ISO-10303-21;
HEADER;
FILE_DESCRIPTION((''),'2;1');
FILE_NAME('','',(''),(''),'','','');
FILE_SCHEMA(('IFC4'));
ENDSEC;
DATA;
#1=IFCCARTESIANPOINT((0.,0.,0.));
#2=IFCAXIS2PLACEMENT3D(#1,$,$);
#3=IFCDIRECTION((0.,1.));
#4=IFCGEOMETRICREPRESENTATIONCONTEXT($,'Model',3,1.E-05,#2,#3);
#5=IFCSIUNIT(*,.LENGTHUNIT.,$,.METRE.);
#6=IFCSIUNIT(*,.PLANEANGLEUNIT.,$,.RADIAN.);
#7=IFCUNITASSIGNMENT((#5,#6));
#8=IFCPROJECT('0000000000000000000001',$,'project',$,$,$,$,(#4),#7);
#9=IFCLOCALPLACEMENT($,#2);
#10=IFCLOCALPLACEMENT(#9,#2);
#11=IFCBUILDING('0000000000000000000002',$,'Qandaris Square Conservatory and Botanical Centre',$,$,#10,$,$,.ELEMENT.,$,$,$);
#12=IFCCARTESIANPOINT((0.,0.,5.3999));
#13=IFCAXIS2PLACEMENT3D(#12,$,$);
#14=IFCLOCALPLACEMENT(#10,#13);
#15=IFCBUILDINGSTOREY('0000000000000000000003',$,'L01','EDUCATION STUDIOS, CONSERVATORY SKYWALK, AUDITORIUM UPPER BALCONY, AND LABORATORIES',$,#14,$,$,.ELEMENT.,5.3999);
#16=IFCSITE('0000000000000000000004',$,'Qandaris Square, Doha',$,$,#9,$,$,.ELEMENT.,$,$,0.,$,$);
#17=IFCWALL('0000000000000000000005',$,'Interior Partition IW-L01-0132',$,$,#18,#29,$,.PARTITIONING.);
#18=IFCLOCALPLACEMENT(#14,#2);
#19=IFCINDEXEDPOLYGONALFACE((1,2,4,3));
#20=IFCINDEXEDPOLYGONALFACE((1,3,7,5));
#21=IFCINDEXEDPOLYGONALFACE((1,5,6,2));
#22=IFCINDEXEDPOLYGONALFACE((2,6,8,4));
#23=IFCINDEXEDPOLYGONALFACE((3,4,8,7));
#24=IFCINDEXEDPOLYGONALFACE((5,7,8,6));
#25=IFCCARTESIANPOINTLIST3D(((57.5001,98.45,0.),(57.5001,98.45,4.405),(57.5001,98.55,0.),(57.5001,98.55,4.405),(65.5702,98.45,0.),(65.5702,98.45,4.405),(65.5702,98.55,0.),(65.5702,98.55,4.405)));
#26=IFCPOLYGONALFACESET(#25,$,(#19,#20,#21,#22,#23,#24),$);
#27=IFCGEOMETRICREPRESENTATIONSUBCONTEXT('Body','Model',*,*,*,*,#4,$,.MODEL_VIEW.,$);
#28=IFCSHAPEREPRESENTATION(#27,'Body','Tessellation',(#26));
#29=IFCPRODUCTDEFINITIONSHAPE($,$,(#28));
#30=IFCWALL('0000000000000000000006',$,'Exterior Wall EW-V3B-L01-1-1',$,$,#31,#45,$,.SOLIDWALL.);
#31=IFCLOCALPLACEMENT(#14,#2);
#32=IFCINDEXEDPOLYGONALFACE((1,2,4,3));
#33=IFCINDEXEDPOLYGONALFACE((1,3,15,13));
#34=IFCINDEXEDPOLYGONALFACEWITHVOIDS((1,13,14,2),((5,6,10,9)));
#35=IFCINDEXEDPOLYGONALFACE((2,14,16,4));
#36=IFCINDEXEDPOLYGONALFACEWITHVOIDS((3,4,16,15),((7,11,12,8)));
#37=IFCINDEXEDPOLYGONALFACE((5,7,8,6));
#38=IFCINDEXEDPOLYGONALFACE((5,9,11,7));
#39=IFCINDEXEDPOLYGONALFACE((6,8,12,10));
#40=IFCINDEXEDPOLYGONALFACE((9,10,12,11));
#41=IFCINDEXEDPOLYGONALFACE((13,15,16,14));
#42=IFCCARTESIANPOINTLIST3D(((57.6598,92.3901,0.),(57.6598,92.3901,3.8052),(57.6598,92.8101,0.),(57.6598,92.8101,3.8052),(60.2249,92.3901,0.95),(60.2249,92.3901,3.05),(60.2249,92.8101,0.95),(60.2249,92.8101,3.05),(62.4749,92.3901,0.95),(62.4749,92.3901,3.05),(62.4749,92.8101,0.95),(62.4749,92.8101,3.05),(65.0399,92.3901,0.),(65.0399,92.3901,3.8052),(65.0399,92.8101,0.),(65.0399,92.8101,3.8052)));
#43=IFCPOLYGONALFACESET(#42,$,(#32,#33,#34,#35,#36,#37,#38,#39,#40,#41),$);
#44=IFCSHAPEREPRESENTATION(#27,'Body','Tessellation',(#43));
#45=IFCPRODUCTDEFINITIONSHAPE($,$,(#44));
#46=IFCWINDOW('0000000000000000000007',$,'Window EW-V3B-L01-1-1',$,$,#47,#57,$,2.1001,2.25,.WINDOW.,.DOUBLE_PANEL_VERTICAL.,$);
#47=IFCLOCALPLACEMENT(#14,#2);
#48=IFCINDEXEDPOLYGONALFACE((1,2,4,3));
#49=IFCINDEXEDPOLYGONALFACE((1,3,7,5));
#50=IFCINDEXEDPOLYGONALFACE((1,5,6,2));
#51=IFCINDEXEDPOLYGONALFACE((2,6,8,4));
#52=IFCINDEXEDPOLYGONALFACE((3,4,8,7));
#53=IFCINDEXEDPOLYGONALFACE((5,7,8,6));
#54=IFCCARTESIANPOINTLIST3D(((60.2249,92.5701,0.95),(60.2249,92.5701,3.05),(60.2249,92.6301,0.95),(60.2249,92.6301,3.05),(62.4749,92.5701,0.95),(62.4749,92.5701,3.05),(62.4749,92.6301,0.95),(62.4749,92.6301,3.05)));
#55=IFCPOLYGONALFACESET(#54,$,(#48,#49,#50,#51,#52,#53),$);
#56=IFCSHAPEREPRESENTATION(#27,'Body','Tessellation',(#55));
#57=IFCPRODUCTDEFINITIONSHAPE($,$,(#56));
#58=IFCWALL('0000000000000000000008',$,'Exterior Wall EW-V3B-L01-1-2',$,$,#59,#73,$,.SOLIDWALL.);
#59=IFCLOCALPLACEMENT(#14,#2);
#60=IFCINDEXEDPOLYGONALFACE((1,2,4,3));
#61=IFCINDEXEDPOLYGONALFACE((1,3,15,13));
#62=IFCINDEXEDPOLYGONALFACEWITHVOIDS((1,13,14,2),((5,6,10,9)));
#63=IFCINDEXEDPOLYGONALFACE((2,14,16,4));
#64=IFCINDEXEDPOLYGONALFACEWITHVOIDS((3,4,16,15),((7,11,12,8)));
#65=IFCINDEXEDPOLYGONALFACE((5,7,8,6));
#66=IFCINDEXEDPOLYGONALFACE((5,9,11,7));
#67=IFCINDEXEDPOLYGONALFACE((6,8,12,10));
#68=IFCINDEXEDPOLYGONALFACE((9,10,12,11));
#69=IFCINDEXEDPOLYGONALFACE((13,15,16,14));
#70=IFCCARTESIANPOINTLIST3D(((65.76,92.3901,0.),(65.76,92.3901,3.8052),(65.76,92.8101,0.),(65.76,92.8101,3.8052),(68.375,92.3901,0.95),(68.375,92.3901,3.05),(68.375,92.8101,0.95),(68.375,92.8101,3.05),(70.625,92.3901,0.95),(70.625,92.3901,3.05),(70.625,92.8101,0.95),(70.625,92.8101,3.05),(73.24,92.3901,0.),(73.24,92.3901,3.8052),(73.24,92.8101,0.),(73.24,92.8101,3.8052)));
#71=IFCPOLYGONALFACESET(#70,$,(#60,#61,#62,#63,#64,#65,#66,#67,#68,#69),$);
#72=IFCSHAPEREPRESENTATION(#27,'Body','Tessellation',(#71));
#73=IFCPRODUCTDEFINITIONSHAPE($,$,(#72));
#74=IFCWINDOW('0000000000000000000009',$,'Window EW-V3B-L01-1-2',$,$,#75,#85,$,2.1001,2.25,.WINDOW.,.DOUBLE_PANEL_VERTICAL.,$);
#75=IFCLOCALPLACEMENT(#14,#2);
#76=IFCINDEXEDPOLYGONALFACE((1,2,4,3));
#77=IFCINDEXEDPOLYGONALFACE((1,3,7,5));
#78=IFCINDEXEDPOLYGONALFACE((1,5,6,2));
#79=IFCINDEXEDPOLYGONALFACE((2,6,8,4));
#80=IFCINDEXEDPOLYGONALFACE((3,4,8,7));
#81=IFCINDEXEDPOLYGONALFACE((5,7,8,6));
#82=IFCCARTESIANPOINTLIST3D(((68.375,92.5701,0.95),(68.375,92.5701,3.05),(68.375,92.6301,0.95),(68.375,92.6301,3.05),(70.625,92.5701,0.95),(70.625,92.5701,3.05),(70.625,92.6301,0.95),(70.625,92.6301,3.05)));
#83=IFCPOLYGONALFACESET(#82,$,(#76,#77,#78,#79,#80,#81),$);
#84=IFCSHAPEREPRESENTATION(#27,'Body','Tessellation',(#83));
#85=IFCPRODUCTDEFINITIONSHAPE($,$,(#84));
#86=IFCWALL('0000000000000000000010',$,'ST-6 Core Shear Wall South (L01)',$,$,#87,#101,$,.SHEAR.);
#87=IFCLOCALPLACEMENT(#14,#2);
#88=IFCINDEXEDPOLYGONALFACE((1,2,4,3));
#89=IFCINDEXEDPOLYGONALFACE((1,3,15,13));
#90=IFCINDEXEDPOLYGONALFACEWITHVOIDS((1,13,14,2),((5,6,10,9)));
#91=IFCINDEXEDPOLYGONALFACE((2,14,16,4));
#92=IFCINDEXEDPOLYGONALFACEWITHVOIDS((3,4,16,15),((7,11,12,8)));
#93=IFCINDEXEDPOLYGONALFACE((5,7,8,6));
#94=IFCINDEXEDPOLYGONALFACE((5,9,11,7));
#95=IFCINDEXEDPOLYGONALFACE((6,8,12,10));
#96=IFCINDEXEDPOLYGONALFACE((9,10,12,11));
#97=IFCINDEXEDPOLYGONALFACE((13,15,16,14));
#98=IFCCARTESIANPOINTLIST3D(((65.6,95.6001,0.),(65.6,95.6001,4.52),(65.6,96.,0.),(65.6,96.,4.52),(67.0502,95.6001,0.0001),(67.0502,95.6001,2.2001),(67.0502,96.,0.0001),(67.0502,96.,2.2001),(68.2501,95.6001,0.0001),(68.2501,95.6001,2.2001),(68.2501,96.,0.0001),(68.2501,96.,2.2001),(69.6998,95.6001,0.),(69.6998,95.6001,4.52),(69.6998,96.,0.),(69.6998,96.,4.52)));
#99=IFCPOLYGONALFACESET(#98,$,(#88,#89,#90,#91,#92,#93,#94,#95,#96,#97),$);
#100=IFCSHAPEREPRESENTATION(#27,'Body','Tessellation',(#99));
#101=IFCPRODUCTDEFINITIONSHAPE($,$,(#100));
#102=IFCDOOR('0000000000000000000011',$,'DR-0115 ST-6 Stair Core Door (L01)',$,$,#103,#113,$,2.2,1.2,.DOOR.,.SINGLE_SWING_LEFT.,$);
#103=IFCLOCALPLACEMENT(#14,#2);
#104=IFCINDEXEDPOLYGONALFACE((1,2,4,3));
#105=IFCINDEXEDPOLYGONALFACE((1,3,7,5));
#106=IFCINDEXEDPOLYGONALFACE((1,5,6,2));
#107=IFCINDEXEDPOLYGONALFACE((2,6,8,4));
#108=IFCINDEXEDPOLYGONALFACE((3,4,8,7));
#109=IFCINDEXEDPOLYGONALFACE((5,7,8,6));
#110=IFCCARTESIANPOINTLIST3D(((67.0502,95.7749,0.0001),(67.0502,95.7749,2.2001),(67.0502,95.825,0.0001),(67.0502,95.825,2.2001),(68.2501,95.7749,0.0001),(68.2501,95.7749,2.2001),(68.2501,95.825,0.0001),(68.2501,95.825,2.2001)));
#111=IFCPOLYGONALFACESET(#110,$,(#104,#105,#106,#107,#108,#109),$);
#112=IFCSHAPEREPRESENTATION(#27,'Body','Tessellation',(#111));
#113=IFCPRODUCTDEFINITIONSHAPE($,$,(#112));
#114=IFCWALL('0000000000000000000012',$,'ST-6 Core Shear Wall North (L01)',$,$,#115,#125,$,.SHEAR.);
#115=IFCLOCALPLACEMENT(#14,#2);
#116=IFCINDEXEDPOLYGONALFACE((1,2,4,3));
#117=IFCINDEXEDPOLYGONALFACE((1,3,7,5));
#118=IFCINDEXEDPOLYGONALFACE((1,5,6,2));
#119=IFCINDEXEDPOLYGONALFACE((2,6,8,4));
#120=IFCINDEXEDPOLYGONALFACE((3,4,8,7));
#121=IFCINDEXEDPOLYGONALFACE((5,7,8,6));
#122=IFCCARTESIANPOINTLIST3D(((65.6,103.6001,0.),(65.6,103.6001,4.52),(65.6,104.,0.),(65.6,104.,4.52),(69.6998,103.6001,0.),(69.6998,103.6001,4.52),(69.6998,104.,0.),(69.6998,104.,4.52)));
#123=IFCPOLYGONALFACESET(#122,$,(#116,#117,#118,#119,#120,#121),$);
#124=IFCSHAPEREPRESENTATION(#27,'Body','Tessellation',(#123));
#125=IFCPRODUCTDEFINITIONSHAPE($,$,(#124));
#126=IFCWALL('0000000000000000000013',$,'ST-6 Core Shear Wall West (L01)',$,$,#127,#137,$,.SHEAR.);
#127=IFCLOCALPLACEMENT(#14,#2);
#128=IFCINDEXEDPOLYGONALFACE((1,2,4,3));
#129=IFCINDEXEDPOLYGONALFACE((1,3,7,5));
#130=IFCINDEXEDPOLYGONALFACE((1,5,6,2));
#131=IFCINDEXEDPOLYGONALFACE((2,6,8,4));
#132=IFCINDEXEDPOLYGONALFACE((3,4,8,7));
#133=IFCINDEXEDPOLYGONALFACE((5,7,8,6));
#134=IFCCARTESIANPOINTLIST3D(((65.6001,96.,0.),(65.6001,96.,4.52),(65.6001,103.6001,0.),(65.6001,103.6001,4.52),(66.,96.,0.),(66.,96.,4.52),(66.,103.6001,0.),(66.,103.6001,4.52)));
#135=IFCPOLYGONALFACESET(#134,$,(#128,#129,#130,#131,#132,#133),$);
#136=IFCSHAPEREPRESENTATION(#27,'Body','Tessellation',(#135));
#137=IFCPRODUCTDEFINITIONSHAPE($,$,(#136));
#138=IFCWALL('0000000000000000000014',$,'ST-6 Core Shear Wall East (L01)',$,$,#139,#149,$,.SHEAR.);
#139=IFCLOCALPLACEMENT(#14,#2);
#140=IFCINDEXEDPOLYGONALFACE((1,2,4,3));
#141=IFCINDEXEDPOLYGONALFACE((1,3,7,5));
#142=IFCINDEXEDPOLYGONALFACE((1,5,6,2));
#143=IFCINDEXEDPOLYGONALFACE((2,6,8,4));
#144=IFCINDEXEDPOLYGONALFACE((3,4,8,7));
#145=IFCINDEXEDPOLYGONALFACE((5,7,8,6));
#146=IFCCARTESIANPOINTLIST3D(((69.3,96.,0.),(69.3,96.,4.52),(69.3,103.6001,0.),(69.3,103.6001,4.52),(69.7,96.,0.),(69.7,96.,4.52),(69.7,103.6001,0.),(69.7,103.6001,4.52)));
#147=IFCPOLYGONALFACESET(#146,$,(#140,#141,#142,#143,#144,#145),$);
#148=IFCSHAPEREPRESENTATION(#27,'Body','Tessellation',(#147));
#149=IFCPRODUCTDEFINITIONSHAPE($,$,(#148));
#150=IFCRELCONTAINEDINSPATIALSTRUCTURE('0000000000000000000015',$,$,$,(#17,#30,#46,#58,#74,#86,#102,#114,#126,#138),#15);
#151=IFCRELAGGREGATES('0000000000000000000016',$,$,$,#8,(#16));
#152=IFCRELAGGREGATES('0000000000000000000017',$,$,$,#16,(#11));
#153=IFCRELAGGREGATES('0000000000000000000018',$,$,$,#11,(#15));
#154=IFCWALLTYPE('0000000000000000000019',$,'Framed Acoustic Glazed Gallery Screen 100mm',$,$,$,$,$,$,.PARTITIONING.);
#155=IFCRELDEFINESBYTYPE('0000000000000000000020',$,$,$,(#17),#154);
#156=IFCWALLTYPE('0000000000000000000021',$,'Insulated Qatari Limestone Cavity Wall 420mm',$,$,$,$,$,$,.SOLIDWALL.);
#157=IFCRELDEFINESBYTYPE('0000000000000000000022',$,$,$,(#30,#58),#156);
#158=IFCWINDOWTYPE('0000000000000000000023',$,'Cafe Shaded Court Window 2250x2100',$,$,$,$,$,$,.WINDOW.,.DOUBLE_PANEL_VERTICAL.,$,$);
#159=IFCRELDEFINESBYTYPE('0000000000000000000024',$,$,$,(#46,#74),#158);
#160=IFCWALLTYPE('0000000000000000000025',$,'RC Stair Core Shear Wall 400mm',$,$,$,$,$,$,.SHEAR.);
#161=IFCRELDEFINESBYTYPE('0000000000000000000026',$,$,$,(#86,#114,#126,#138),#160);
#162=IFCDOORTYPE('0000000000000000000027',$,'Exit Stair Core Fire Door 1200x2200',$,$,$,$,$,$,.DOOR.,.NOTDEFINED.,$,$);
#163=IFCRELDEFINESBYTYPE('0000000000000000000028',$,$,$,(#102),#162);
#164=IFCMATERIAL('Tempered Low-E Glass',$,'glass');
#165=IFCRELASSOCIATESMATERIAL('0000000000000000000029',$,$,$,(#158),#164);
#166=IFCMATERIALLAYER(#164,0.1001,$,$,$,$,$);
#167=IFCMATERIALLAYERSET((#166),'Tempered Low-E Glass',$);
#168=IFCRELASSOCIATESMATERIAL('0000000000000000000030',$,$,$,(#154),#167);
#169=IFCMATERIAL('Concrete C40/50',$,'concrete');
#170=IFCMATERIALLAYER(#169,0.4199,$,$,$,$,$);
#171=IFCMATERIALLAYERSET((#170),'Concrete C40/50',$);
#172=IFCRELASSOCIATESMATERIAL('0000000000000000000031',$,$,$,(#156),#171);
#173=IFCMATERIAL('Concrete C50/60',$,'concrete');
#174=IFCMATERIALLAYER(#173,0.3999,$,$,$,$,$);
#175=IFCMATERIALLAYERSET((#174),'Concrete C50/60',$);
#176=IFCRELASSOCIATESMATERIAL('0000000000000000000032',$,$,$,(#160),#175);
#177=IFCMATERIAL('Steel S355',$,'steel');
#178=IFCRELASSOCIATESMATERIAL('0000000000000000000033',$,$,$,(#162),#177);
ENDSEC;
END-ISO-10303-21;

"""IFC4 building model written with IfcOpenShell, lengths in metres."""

from ifc_helpers import new_model, si_unit, direction, frame, frame_2d, origin, place, context, subcontext, project, spatial, rectangle, extrude, material, layer, layer_set, type_object, element, fill, save


model = new_model("IFC4")

# Units and contexts
model_context = context("Model", 3, precision=1e-05, world=origin(), true_north=direction((0.0, 1.0)))
body_context = subcontext(model_context, "Body", "Model", "MODEL_VIEW")
ifc_project = project(units=[si_unit("LENGTHUNIT", "METRE"), si_unit("PLANEANGLEUNIT", "RADIAN")], contexts=[model_context])

# Site, building, storey
site_placement = place(None, origin())
site = spatial("IfcSite", under=ifc_project, at=site_placement, Name="Qandaris Square, Doha", CompositionType="ELEMENT", RefElevation=0.0)
building_placement = place(site_placement, origin())
building = spatial("IfcBuilding", under=site, at=building_placement, Name="Qandaris Square Conservatory and Botanical Centre", CompositionType="ELEMENT")
storey_placement = place(building_placement, frame((0.0, 0.0, 5.3999)))
storey = spatial("IfcBuildingStorey", under=building, at=storey_placement, Name="L01", Description="EDUCATION STUDIOS, CONSERVATORY SKYWALK, AUDITORIUM UPPER BALCONY, AND LABORATORIES", CompositionType="ELEMENT", Elevation=5.3999)

# Shared definitions
ifc_material_1 = material(Name="Concrete C50/60", Category="concrete")
ifc_material_2 = material(Name="Concrete C40/50", Category="concrete")

# Shared definitions
ifc_material_3 = material(Name="Tempered Low-E Glass", Category="glass")
window_type = type_object("IfcWindowType", Name="Cafe Shaded Court Window 2250x2100", PartitioningType="DOUBLE_PANEL_VERTICAL", PredefinedType="WINDOW", material=ifc_material_3)

# Shared definitions
ifc_layer_1 = layer(ifc_material_3, 0.1001)
ifc_layer_set_1 = layer_set([ifc_layer_1], Name="Tempered Low-E Glass")
wall_type_1 = type_object("IfcWallType", Name="Framed Acoustic Glazed Gallery Screen 100mm", PredefinedType="PARTITIONING", material=ifc_layer_set_1)

# Wall
wall_1_placement = place(storey_placement, frame((57.5, 98.5, 0.0), z_axis=(0.0, 0.0, 1.0), x_axis=(1.0, 0.0, 0.0)))
element("IfcWall", 1, at=wall_1_placement, inside=storey, type_object=wall_type_1, Name="Interior Partition IW-L01-0132", PredefinedType="PARTITIONING", context=body_context, shape_type="SweptSolid", body=[
    extrude(rectangle(XDim=8.0701, YDim=0.1001, at=frame_2d((4.0352, 0.0))), origin(), (0.0, 0.0, 1.0), 4.405),
])

# Walls, openings, windows
ifc_layer_2 = layer(ifc_material_2, 0.4199)
ifc_layer_set_2 = layer_set([ifc_layer_2], Name="Concrete C40/50")
wall_type_2 = type_object("IfcWallType", Name="Insulated Qatari Limestone Cavity Wall 420mm", PredefinedType="SOLIDWALL", material=ifc_layer_set_2)
wall_2_placement = place(storey_placement, frame((57.6599, 92.6001, 0.0), z_axis=(0.0, 0.0, 1.0), x_axis=(1.0, 0.0, 0.0)))
wall_2 = element("IfcWall", 2, at=wall_2_placement, inside=storey, type_object=wall_type_2, Name="Exterior Wall EW-V3B-L01-1-1", PredefinedType="SOLIDWALL", context=body_context, shape_type="SweptSolid", body=[
    extrude(rectangle(XDim=7.3801, YDim=0.4199, at=frame_2d((3.6899, 0.0))), origin(), (0.0, 0.0, 1.0), 3.8052),
])
opening_1_placement = place(wall_2_placement, frame((2.5649, 0.0, 0.95)))
opening_1 = element("IfcOpeningElement", 3, at=opening_1_placement, cuts=wall_2, PredefinedType="OPENING", context=body_context, shape_type="SweptSolid", body=[
    extrude(rectangle(XDim=2.25, YDim=2.1001, at=frame_2d((1.125, 1.05))), frame((0.0, 0.2219, 0.0), z_axis=(0.0, -1.0, 0.0), x_axis=(1.0, 0.0, 0.0)), (0.0, 0.0, 1.0), 0.4438),
])
window_1_placement = place(opening_1_placement, origin())
window_1 = element("IfcWindow", 4, at=window_1_placement, inside=storey, type_object=window_type, Name="Window EW-V3B-L01-1-1", OverallHeight=2.1001, OverallWidth=2.25, PartitioningType="DOUBLE_PANEL_VERTICAL", PredefinedType="WINDOW", context=body_context, shape_type="SweptSolid", body=[
    extrude(rectangle(XDim=2.25, YDim=2.1001, at=frame_2d((1.125, 1.05))), frame((0.0, 0.03, 0.0), z_axis=(0.0, -1.0, 0.0), x_axis=(1.0, 0.0, 0.0)), (0.0, 0.0, 1.0), 0.0601),
])
fill(opening_1, window_1)
wall_3_placement = place(storey_placement, frame((65.76, 92.6001, 0.0), z_axis=(0.0, 0.0, 1.0), x_axis=(1.0, 0.0, 0.0)))
wall_3 = element("IfcWall", 5, at=wall_3_placement, inside=storey, type_object=wall_type_2, Name="Exterior Wall EW-V3B-L01-1-2", PredefinedType="SOLIDWALL", context=body_context, shape_type="SweptSolid", body=[
    extrude(rectangle(XDim=7.48, YDim=0.4199, at=frame_2d((3.74, 0.0))), origin(), (0.0, 0.0, 1.0), 3.8052),
])
opening_2_placement = place(wall_3_placement, frame((2.615, 0.0, 0.95)))
opening_2 = element("IfcOpeningElement", 6, at=opening_2_placement, cuts=wall_3, PredefinedType="OPENING", context=body_context, shape_type="SweptSolid", body=[
    extrude(rectangle(XDim=2.25, YDim=2.1001, at=frame_2d((1.125, 1.05))), frame((0.0, 0.2219, 0.0), z_axis=(0.0, -1.0, 0.0), x_axis=(1.0, 0.0, 0.0)), (0.0, 0.0, 1.0), 0.4438),
])
window_2_placement = place(opening_2_placement, origin())
window_2 = element("IfcWindow", 7, at=window_2_placement, inside=storey, type_object=window_type, Name="Window EW-V3B-L01-1-2", OverallHeight=2.1001, OverallWidth=2.25, PartitioningType="DOUBLE_PANEL_VERTICAL", PredefinedType="WINDOW", context=body_context, shape_type="SweptSolid", body=[
    extrude(rectangle(XDim=2.25, YDim=2.1001, at=frame_2d((1.125, 1.05))), frame((0.0, 0.03, 0.0), z_axis=(0.0, -1.0, 0.0), x_axis=(1.0, 0.0, 0.0)), (0.0, 0.0, 1.0), 0.0601),
])
fill(opening_2, window_2)

# Wall, opening, door
ifc_layer_3 = layer(ifc_material_1, 0.3999)
ifc_layer_set_3 = layer_set([ifc_layer_3], Name="Concrete C50/60")
wall_type_3 = type_object("IfcWallType", Name="RC Stair Core Shear Wall 400mm", PredefinedType="SHEAR", material=ifc_layer_set_3)
wall_4_placement = place(storey_placement, frame((65.6001, 95.8, 0.0), z_axis=(0.0, 0.0, 1.0), x_axis=(1.0, 0.0, 0.0)))
wall_4 = element("IfcWall", 8, at=wall_4_placement, inside=storey, type_object=wall_type_3, Name="ST-6 Core Shear Wall South (L01)", PredefinedType="SHEAR", context=body_context, shape_type="SweptSolid", body=[
    extrude(rectangle(XDim=4.0999, YDim=0.3999, at=frame_2d((2.0498, 0.0))), origin(), (0.0, 0.0, 1.0), 4.52),
])
opening_3_placement = place(wall_4_placement, frame((1.45, 0.0, 0.0)))
opening_3 = element("IfcOpeningElement", 9, at=opening_3_placement, cuts=wall_4, PredefinedType="OPENING", context=body_context, shape_type="SweptSolid", body=[
    extrude(rectangle(XDim=1.2, YDim=2.2, at=frame_2d((0.6001, 1.1001))), frame((0.0, 0.2119, 0.0), z_axis=(0.0, -1.0, 0.0), x_axis=(1.0, 0.0, 0.0)), (0.0, 0.0, 1.0), 0.4238),
])
ifc_material_4 = material(Name="Steel S355", Category="steel")
door_type_1 = type_object("IfcDoorType", Name="Exit Stair Core Fire Door 1200x2200", OperationType="NOTDEFINED", PredefinedType="DOOR", material=ifc_material_4)
door_1_placement = place(opening_3_placement, origin())
door_1 = element("IfcDoor", 10, at=door_1_placement, inside=storey, type_object=door_type_1, Name="DR-0115 ST-6 Stair Core Door (L01)", OperationType="SINGLE_SWING_LEFT", OverallHeight=2.2, OverallWidth=1.2, PredefinedType="DOOR", context=body_context, shape_type="SweptSolid", body=[
    extrude(rectangle(XDim=1.2, YDim=2.2, at=frame_2d((0.6001, 1.1001))), frame((0.0, 0.0249, 0.0), z_axis=(0.0, -1.0, 0.0), x_axis=(1.0, 0.0, 0.0)), (0.0, 0.0, 1.0), 0.05),
])
fill(opening_3, door_1)

# Walls
wall_5_placement = place(storey_placement, frame((65.6001, 103.8, 0.0), z_axis=(0.0, 0.0, 1.0), x_axis=(1.0, 0.0, 0.0)))
element("IfcWall", 11, at=wall_5_placement, inside=storey, type_object=wall_type_3, Name="ST-6 Core Shear Wall North (L01)", PredefinedType="SHEAR", context=body_context, shape_type="SweptSolid", body=[
    extrude(rectangle(XDim=4.0999, YDim=0.3999, at=frame_2d((2.0498, 0.0))), origin(), (0.0, 0.0, 1.0), 4.52),
])
for number, where, z_axis, x_axis, name in (
    (12, (65.8, 96.0, 0.0), (0.0, 0.0, 1.0), (0.0, 1.0, 0.0), "ST-6 Core Shear Wall West (L01)"),
    (13, (69.5, 96.0, 0.0), (0.0, 0.0, 1.0), (0.0, 1.0, 0.0), "ST-6 Core Shear Wall East (L01)"),
):
    element("IfcWall", number, at=place(storey_placement, frame(where, z_axis=z_axis, x_axis=x_axis)), inside=storey, type_object=wall_type_3, Name=name, PredefinedType="SHEAR", context=body_context, shape_type="SweptSolid", body=[
        extrude(rectangle(XDim=7.6001, YDim=0.3999, at=frame_2d((3.8, 0.0))), origin(), (0.0, 0.0, 1.0), 4.52),
    ])

save(model, "model.ifc")
